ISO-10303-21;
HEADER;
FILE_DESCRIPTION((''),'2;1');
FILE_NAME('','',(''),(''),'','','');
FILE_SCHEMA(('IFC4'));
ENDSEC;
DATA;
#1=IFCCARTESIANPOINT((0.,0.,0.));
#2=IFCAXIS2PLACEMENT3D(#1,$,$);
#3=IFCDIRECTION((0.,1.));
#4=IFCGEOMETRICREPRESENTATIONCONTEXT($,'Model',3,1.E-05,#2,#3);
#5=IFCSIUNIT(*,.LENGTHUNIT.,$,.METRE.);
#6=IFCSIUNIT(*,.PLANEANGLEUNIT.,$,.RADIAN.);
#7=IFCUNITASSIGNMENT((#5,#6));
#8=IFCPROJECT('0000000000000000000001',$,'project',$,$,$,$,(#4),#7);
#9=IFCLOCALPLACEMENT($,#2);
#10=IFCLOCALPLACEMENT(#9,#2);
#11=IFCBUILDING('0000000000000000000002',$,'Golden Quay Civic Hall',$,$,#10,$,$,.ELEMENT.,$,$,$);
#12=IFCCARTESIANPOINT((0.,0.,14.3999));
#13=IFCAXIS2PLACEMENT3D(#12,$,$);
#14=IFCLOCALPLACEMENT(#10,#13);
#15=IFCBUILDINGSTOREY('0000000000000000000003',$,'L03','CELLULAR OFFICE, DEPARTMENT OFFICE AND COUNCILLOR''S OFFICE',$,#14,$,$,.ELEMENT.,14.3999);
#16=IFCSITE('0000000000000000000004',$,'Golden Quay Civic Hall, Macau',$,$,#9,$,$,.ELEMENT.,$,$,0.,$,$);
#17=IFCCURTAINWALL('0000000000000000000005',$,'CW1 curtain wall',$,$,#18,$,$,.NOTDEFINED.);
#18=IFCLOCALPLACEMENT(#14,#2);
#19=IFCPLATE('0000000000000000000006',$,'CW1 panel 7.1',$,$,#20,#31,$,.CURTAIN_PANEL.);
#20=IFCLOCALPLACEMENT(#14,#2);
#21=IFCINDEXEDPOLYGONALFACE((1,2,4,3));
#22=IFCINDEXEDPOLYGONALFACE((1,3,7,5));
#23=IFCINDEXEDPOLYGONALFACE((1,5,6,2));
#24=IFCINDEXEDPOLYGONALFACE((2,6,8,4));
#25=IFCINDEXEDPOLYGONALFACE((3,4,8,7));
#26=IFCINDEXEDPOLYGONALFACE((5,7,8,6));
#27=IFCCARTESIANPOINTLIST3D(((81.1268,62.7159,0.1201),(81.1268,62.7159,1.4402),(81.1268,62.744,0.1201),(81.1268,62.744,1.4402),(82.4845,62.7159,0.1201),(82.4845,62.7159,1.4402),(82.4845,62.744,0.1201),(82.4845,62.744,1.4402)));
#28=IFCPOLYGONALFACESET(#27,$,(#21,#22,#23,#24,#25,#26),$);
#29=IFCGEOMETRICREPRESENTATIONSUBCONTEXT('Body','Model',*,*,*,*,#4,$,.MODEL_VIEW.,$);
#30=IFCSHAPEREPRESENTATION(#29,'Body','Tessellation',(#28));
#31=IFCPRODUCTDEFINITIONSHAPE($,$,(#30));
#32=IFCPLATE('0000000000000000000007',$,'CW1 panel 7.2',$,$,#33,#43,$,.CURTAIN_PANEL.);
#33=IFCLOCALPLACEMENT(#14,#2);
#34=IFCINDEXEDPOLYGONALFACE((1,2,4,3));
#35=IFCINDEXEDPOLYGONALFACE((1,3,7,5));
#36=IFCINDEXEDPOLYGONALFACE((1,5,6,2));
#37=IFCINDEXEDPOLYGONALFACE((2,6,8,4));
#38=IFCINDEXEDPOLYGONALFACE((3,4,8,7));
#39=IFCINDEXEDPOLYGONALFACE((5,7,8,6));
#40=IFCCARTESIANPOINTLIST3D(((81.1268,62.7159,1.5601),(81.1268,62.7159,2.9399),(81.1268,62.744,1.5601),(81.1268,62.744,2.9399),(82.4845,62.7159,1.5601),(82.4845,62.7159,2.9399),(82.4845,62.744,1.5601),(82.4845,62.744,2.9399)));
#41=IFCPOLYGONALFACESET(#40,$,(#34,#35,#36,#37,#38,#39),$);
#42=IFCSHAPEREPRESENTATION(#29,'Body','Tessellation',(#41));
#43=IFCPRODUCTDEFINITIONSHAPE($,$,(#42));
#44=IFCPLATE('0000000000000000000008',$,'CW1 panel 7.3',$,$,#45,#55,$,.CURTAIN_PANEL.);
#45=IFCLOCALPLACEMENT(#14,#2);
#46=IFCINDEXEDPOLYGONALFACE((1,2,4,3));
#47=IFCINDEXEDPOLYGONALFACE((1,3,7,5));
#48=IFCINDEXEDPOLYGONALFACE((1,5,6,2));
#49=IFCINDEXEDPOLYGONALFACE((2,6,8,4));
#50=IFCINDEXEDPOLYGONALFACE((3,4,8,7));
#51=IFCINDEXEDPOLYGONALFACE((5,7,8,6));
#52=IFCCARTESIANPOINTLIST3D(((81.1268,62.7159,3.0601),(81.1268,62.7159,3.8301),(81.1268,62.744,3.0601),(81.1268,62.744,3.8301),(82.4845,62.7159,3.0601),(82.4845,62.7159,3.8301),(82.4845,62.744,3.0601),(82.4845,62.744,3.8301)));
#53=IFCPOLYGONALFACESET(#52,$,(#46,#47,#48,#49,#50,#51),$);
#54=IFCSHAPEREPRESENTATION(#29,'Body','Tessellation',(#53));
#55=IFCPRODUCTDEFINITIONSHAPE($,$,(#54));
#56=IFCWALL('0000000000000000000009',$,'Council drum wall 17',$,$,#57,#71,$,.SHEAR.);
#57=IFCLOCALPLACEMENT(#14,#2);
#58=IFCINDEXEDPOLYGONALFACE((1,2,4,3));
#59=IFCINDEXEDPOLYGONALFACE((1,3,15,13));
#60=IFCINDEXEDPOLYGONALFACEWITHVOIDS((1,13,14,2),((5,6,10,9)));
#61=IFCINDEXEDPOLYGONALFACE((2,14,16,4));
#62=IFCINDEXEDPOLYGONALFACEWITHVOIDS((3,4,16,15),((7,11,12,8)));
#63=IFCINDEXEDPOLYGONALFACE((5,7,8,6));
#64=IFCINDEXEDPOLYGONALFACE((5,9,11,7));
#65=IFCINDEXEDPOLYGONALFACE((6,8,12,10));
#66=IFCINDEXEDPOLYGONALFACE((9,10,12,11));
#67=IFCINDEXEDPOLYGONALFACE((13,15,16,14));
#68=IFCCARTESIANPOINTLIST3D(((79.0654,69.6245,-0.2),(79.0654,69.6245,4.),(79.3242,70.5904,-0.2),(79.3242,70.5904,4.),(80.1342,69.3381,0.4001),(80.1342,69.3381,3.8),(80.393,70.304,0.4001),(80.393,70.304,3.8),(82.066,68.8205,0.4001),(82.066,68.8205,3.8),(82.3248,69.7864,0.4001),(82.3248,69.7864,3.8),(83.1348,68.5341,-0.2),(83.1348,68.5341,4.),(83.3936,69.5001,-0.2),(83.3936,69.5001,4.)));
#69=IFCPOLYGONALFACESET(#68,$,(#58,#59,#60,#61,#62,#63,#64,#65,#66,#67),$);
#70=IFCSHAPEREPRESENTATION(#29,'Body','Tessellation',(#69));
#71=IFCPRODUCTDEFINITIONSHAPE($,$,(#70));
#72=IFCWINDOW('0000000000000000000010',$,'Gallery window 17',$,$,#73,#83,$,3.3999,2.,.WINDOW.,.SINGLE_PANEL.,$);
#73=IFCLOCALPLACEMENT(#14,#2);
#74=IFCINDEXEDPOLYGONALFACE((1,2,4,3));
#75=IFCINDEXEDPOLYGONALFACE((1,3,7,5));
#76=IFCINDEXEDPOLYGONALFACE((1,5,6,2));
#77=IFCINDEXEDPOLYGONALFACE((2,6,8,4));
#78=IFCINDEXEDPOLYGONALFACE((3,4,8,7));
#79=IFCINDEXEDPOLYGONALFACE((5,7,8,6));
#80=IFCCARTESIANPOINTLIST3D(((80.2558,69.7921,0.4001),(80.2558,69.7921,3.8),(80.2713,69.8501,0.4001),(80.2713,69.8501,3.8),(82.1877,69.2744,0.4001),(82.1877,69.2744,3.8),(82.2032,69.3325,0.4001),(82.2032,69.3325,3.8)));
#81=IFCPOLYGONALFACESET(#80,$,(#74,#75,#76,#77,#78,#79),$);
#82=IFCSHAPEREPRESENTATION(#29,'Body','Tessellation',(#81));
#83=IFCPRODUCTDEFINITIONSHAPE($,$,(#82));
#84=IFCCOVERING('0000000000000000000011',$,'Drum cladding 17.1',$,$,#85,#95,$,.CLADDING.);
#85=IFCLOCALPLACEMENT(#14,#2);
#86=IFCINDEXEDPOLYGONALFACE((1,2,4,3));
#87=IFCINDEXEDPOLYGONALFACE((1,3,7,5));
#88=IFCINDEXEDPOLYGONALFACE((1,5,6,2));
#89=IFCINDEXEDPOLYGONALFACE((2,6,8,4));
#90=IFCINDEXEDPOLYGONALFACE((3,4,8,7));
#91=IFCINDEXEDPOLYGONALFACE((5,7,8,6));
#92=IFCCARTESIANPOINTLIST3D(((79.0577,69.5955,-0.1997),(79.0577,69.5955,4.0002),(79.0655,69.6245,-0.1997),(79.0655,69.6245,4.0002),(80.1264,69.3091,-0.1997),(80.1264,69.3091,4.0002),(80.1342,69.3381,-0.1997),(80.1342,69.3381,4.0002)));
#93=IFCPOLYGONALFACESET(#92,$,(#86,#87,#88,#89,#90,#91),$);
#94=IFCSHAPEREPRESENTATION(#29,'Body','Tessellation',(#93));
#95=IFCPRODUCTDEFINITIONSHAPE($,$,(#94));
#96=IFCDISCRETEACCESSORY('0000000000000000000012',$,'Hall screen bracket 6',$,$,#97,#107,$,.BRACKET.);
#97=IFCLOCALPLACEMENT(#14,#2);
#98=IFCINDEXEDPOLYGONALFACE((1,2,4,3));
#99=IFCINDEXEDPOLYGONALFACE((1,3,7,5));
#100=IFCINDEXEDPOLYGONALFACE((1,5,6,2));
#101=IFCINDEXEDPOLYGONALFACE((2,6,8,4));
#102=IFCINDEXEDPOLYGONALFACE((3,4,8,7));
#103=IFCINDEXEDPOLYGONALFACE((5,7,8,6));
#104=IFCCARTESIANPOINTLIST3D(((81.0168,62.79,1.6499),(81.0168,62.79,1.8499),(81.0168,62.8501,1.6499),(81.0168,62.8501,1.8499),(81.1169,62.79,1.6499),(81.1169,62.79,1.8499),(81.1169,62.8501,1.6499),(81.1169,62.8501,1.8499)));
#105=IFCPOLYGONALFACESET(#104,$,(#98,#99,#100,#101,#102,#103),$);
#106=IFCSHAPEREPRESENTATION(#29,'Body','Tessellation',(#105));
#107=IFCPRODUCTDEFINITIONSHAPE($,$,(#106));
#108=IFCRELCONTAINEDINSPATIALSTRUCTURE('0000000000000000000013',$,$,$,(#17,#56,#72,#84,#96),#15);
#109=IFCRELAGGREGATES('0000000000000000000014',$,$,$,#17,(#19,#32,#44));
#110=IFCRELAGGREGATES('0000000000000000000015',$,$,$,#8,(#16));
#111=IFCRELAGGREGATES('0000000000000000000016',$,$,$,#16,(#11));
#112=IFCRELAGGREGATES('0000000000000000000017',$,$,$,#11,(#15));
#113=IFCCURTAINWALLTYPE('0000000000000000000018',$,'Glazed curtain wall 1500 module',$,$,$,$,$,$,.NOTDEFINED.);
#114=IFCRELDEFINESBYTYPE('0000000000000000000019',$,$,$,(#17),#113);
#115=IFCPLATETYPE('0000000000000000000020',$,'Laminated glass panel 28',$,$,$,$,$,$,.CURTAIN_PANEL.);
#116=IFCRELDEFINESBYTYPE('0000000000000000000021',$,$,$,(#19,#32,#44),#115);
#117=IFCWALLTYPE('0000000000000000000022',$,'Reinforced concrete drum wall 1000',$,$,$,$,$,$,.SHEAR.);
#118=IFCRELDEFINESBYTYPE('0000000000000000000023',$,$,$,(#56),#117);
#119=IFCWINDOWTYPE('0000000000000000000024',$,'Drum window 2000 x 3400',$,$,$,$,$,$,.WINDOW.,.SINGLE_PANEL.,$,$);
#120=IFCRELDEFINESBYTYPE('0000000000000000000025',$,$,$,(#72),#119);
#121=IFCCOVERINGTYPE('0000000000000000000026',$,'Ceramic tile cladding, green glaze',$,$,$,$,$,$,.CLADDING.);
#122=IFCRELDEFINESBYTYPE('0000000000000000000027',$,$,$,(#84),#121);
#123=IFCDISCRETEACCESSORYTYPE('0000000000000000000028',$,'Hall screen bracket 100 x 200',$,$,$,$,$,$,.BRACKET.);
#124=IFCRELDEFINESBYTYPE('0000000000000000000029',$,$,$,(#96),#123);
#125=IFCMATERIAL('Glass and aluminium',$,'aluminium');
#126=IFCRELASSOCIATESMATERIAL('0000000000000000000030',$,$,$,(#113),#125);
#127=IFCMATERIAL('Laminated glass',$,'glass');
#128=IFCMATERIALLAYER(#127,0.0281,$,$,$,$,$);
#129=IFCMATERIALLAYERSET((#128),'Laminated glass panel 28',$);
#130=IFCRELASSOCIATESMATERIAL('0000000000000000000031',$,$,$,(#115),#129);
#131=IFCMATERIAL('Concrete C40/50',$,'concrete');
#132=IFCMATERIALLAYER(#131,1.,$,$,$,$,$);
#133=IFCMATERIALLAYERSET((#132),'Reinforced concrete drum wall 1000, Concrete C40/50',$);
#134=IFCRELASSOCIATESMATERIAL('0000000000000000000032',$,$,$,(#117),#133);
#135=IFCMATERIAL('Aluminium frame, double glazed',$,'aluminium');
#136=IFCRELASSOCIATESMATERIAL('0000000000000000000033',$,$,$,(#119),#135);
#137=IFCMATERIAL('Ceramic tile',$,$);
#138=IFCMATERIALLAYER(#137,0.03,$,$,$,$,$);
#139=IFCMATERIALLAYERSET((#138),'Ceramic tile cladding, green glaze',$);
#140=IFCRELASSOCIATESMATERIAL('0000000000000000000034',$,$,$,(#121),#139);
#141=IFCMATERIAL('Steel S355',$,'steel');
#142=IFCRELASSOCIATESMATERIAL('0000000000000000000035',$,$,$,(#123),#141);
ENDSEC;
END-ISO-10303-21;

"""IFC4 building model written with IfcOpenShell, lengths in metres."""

from ifc_helpers import new_model, si_unit, direction, frame, frame_2d, origin, origin_2d, place, context, subcontext, project, spatial, rectangle, extrude, material, layer, layer_set, type_object, element, fill, aggregate, save


model = new_model("IFC4")

# Units and contexts
model_context = context("Model", 3, precision=1e-05, world=origin(), true_north=direction((0.0, 1.0)))
body_context = subcontext(model_context, "Body", "Model", "MODEL_VIEW")
ifc_project = project(units=[si_unit("LENGTHUNIT", "METRE"), si_unit("PLANEANGLEUNIT", "RADIAN")], contexts=[model_context])

# Site, building, storey
site_placement = place(None, origin())
site = spatial("IfcSite", under=ifc_project, at=site_placement, Name="Golden Quay Civic Hall, Macau", CompositionType="ELEMENT", RefElevation=0.0)
building_placement = place(site_placement, origin())
building = spatial("IfcBuilding", under=site, at=building_placement, Name="Golden Quay Civic Hall", CompositionType="ELEMENT")
storey_placement = place(building_placement, frame((0.0, 0.0, 14.3999)))
storey = spatial("IfcBuildingStorey", under=building, at=storey_placement, Name="L03", Description="CELLULAR OFFICE, DEPARTMENT OFFICE AND COUNCILLOR'S OFFICE", CompositionType="ELEMENT", Elevation=14.3999)

# Curtain wall, plates
ifc_material_1 = material(Name="Glass and aluminium", Category="aluminium")
curtain_wall_type = type_object("IfcCurtainWallType", Name="Glazed curtain wall 1500 module", PredefinedType="NOTDEFINED", material=ifc_material_1)
curtain_wall_placement = place(storey_placement, origin())
curtain_wall = element("IfcCurtainWall", 1, at=curtain_wall_placement, inside=storey, type_object=curtain_wall_type, Name="CW1 curtain wall", PredefinedType="NOTDEFINED")
ifc_material_2 = material(Name="Laminated glass", Category="glass")
ifc_layer_1 = layer(ifc_material_2, 0.0281)
ifc_layer_set_1 = layer_set([ifc_layer_1], Name="Laminated glass panel 28")
plate_type_1 = type_object("IfcPlateType", Name="Laminated glass panel 28", PredefinedType="CURTAIN_PANEL", material=ifc_layer_set_1)
plate_1_placement = place(storey_placement, frame((81.8057, 62.73, 0.1201), z_axis=(0.0, 0.0, 1.0), x_axis=(1.0, 0.0, 0.0)))
plate_1 = element("IfcPlate", 2, at=plate_1_placement, type_object=plate_type_1, Name="CW1 panel 7.1", PredefinedType="CURTAIN_PANEL", context=body_context, shape_type="SweptSolid", body=[
    extrude(rectangle(XDim=1.3577, YDim=0.0281, at=origin_2d()), origin(), (0.0, 0.0, 1.0), 1.3201),
])
plate_2_placement = place(storey_placement, frame((81.8057, 62.73, 1.5601), z_axis=(0.0, 0.0, 1.0), x_axis=(1.0, 0.0, 0.0)))
plate_2 = element("IfcPlate", 3, at=plate_2_placement, type_object=plate_type_1, Name="CW1 panel 7.2", PredefinedType="CURTAIN_PANEL", context=body_context, shape_type="SweptSolid", body=[
    extrude(rectangle(XDim=1.3577, YDim=0.0281, at=origin_2d()), origin(), (0.0, 0.0, 1.0), 1.3799),
])
plate_3_placement = place(storey_placement, frame((81.8057, 62.73, 3.0601), z_axis=(0.0, 0.0, 1.0), x_axis=(1.0, 0.0, 0.0)))
plate_3 = element("IfcPlate", 4, at=plate_3_placement, type_object=plate_type_1, Name="CW1 panel 7.3", PredefinedType="CURTAIN_PANEL", context=body_context, shape_type="SweptSolid", body=[
    extrude(rectangle(XDim=1.3577, YDim=0.0281, at=origin_2d()), origin(), (0.0, 0.0, 1.0), 0.77),
])
aggregate(curtain_wall, [plate_1, plate_2, plate_3])

# Wall, opening, window
ifc_material_3 = material(Name="Concrete C40/50", Category="concrete")
ifc_layer_2 = layer(ifc_material_3, 1.0)
ifc_layer_set_2 = layer_set([ifc_layer_2], Name="Reinforced concrete drum wall 1000, Concrete C40/50")
wall_type = type_object("IfcWallType", Name="Reinforced concrete drum wall 1000", PredefinedType="SHEAR", material=ifc_layer_set_2)
wall_placement = place(storey_placement, frame((79.1948, 70.1074, -0.2), z_axis=(0.0, 0.0, 1.0), x_axis=(0.965928, -0.258809, 0.0)))
wall = element("IfcWall", 5, at=wall_placement, inside=storey, type_object=wall_type, Name="Council drum wall 17", PredefinedType="SHEAR", context=body_context, shape_type="SweptSolid", body=[
    extrude(rectangle(XDim=4.2129, YDim=1.0, at=frame_2d((2.1064, 0.0))), origin(), (0.0, 0.0, 1.0), 4.2),
])
opening_placement = place(wall_placement, frame((1.1064, 0.0, 0.6001)))
opening = element("IfcOpeningElement", 6, at=opening_placement, cuts=wall, PredefinedType="OPENING", context=body_context, shape_type="SweptSolid", body=[
    extrude(rectangle(XDim=2.0, YDim=3.3999, at=frame_2d((1.0, 1.7))), frame((0.0, 0.51, 0.0), z_axis=(0.0, -1.0, 0.0), x_axis=(1.0, 0.0, 0.0)), (0.0, 0.0, 1.0), 1.02),
])
ifc_material_4 = material(Name="Aluminium frame, double glazed", Category="aluminium")
window_type = type_object("IfcWindowType", Name="Drum window 2000 x 3400", PartitioningType="SINGLE_PANEL", PredefinedType="WINDOW", material=ifc_material_4)
window_placement = place(opening_placement, origin())
window = element("IfcWindow", 7, at=window_placement, inside=storey, type_object=window_type, Name="Gallery window 17", OverallHeight=3.3999, OverallWidth=2.0, PartitioningType="SINGLE_PANEL", PredefinedType="WINDOW", context=body_context, shape_type="SweptSolid", body=[
    extrude(rectangle(XDim=2.0, YDim=3.3999, at=frame_2d((1.0, 1.7))), frame((0.0, 0.03, 0.0), z_axis=(0.0, -1.0, 0.0), x_axis=(1.0, 0.0, 0.0)), (0.0, 0.0, 1.0), 0.0601),
])
fill(opening, window)

# Covering
ifc_material_5 = material(Name="Ceramic tile")
ifc_layer_3 = layer(ifc_material_5, 0.03)
ifc_layer_set_3 = layer_set([ifc_layer_3], Name="Ceramic tile cladding, green glaze")
covering_type = type_object("IfcCoveringType", Name="Ceramic tile cladding, green glaze", PredefinedType="CLADDING", material=ifc_layer_set_3)
covering_placement = place(storey_placement, frame((79.5959, 69.4668, -0.1997), z_axis=(0.0, 0.0, 1.0), x_axis=(0.965926, -0.258819, 0.0)))
element("IfcCovering", 8, at=covering_placement, inside=storey, type_object=covering_type, Name="Drum cladding 17.1", PredefinedType="CLADDING", context=body_context, shape_type="SweptSolid", body=[
    extrude(rectangle(XDim=1.1064, YDim=0.03, at=origin_2d()), origin(), (0.0, 0.0, 1.0), 4.2),
])

# Discrete accessory
ifc_material_6 = material(Name="Steel S355", Category="steel")
discrete_accessory_type = type_object("IfcDiscreteAccessoryType", Name="Hall screen bracket 100 x 200", PredefinedType="BRACKET", material=ifc_material_6)
discrete_accessory_placement = place(storey_placement, frame((81.0669, 62.8201, 1.6499), z_axis=(0.0, 0.0, 1.0), x_axis=(1.0, 0.0, 0.0)))
element("IfcDiscreteAccessory", 9, at=discrete_accessory_placement, inside=storey, type_object=discrete_accessory_type, Name="Hall screen bracket 6", PredefinedType="BRACKET", context=body_context, shape_type="SweptSolid", body=[
    extrude(rectangle(XDim=0.1001, YDim=0.0601, at=origin_2d()), origin(), (0.0, 0.0, 1.0), 0.2),
])

save(model, "model.ifc")
